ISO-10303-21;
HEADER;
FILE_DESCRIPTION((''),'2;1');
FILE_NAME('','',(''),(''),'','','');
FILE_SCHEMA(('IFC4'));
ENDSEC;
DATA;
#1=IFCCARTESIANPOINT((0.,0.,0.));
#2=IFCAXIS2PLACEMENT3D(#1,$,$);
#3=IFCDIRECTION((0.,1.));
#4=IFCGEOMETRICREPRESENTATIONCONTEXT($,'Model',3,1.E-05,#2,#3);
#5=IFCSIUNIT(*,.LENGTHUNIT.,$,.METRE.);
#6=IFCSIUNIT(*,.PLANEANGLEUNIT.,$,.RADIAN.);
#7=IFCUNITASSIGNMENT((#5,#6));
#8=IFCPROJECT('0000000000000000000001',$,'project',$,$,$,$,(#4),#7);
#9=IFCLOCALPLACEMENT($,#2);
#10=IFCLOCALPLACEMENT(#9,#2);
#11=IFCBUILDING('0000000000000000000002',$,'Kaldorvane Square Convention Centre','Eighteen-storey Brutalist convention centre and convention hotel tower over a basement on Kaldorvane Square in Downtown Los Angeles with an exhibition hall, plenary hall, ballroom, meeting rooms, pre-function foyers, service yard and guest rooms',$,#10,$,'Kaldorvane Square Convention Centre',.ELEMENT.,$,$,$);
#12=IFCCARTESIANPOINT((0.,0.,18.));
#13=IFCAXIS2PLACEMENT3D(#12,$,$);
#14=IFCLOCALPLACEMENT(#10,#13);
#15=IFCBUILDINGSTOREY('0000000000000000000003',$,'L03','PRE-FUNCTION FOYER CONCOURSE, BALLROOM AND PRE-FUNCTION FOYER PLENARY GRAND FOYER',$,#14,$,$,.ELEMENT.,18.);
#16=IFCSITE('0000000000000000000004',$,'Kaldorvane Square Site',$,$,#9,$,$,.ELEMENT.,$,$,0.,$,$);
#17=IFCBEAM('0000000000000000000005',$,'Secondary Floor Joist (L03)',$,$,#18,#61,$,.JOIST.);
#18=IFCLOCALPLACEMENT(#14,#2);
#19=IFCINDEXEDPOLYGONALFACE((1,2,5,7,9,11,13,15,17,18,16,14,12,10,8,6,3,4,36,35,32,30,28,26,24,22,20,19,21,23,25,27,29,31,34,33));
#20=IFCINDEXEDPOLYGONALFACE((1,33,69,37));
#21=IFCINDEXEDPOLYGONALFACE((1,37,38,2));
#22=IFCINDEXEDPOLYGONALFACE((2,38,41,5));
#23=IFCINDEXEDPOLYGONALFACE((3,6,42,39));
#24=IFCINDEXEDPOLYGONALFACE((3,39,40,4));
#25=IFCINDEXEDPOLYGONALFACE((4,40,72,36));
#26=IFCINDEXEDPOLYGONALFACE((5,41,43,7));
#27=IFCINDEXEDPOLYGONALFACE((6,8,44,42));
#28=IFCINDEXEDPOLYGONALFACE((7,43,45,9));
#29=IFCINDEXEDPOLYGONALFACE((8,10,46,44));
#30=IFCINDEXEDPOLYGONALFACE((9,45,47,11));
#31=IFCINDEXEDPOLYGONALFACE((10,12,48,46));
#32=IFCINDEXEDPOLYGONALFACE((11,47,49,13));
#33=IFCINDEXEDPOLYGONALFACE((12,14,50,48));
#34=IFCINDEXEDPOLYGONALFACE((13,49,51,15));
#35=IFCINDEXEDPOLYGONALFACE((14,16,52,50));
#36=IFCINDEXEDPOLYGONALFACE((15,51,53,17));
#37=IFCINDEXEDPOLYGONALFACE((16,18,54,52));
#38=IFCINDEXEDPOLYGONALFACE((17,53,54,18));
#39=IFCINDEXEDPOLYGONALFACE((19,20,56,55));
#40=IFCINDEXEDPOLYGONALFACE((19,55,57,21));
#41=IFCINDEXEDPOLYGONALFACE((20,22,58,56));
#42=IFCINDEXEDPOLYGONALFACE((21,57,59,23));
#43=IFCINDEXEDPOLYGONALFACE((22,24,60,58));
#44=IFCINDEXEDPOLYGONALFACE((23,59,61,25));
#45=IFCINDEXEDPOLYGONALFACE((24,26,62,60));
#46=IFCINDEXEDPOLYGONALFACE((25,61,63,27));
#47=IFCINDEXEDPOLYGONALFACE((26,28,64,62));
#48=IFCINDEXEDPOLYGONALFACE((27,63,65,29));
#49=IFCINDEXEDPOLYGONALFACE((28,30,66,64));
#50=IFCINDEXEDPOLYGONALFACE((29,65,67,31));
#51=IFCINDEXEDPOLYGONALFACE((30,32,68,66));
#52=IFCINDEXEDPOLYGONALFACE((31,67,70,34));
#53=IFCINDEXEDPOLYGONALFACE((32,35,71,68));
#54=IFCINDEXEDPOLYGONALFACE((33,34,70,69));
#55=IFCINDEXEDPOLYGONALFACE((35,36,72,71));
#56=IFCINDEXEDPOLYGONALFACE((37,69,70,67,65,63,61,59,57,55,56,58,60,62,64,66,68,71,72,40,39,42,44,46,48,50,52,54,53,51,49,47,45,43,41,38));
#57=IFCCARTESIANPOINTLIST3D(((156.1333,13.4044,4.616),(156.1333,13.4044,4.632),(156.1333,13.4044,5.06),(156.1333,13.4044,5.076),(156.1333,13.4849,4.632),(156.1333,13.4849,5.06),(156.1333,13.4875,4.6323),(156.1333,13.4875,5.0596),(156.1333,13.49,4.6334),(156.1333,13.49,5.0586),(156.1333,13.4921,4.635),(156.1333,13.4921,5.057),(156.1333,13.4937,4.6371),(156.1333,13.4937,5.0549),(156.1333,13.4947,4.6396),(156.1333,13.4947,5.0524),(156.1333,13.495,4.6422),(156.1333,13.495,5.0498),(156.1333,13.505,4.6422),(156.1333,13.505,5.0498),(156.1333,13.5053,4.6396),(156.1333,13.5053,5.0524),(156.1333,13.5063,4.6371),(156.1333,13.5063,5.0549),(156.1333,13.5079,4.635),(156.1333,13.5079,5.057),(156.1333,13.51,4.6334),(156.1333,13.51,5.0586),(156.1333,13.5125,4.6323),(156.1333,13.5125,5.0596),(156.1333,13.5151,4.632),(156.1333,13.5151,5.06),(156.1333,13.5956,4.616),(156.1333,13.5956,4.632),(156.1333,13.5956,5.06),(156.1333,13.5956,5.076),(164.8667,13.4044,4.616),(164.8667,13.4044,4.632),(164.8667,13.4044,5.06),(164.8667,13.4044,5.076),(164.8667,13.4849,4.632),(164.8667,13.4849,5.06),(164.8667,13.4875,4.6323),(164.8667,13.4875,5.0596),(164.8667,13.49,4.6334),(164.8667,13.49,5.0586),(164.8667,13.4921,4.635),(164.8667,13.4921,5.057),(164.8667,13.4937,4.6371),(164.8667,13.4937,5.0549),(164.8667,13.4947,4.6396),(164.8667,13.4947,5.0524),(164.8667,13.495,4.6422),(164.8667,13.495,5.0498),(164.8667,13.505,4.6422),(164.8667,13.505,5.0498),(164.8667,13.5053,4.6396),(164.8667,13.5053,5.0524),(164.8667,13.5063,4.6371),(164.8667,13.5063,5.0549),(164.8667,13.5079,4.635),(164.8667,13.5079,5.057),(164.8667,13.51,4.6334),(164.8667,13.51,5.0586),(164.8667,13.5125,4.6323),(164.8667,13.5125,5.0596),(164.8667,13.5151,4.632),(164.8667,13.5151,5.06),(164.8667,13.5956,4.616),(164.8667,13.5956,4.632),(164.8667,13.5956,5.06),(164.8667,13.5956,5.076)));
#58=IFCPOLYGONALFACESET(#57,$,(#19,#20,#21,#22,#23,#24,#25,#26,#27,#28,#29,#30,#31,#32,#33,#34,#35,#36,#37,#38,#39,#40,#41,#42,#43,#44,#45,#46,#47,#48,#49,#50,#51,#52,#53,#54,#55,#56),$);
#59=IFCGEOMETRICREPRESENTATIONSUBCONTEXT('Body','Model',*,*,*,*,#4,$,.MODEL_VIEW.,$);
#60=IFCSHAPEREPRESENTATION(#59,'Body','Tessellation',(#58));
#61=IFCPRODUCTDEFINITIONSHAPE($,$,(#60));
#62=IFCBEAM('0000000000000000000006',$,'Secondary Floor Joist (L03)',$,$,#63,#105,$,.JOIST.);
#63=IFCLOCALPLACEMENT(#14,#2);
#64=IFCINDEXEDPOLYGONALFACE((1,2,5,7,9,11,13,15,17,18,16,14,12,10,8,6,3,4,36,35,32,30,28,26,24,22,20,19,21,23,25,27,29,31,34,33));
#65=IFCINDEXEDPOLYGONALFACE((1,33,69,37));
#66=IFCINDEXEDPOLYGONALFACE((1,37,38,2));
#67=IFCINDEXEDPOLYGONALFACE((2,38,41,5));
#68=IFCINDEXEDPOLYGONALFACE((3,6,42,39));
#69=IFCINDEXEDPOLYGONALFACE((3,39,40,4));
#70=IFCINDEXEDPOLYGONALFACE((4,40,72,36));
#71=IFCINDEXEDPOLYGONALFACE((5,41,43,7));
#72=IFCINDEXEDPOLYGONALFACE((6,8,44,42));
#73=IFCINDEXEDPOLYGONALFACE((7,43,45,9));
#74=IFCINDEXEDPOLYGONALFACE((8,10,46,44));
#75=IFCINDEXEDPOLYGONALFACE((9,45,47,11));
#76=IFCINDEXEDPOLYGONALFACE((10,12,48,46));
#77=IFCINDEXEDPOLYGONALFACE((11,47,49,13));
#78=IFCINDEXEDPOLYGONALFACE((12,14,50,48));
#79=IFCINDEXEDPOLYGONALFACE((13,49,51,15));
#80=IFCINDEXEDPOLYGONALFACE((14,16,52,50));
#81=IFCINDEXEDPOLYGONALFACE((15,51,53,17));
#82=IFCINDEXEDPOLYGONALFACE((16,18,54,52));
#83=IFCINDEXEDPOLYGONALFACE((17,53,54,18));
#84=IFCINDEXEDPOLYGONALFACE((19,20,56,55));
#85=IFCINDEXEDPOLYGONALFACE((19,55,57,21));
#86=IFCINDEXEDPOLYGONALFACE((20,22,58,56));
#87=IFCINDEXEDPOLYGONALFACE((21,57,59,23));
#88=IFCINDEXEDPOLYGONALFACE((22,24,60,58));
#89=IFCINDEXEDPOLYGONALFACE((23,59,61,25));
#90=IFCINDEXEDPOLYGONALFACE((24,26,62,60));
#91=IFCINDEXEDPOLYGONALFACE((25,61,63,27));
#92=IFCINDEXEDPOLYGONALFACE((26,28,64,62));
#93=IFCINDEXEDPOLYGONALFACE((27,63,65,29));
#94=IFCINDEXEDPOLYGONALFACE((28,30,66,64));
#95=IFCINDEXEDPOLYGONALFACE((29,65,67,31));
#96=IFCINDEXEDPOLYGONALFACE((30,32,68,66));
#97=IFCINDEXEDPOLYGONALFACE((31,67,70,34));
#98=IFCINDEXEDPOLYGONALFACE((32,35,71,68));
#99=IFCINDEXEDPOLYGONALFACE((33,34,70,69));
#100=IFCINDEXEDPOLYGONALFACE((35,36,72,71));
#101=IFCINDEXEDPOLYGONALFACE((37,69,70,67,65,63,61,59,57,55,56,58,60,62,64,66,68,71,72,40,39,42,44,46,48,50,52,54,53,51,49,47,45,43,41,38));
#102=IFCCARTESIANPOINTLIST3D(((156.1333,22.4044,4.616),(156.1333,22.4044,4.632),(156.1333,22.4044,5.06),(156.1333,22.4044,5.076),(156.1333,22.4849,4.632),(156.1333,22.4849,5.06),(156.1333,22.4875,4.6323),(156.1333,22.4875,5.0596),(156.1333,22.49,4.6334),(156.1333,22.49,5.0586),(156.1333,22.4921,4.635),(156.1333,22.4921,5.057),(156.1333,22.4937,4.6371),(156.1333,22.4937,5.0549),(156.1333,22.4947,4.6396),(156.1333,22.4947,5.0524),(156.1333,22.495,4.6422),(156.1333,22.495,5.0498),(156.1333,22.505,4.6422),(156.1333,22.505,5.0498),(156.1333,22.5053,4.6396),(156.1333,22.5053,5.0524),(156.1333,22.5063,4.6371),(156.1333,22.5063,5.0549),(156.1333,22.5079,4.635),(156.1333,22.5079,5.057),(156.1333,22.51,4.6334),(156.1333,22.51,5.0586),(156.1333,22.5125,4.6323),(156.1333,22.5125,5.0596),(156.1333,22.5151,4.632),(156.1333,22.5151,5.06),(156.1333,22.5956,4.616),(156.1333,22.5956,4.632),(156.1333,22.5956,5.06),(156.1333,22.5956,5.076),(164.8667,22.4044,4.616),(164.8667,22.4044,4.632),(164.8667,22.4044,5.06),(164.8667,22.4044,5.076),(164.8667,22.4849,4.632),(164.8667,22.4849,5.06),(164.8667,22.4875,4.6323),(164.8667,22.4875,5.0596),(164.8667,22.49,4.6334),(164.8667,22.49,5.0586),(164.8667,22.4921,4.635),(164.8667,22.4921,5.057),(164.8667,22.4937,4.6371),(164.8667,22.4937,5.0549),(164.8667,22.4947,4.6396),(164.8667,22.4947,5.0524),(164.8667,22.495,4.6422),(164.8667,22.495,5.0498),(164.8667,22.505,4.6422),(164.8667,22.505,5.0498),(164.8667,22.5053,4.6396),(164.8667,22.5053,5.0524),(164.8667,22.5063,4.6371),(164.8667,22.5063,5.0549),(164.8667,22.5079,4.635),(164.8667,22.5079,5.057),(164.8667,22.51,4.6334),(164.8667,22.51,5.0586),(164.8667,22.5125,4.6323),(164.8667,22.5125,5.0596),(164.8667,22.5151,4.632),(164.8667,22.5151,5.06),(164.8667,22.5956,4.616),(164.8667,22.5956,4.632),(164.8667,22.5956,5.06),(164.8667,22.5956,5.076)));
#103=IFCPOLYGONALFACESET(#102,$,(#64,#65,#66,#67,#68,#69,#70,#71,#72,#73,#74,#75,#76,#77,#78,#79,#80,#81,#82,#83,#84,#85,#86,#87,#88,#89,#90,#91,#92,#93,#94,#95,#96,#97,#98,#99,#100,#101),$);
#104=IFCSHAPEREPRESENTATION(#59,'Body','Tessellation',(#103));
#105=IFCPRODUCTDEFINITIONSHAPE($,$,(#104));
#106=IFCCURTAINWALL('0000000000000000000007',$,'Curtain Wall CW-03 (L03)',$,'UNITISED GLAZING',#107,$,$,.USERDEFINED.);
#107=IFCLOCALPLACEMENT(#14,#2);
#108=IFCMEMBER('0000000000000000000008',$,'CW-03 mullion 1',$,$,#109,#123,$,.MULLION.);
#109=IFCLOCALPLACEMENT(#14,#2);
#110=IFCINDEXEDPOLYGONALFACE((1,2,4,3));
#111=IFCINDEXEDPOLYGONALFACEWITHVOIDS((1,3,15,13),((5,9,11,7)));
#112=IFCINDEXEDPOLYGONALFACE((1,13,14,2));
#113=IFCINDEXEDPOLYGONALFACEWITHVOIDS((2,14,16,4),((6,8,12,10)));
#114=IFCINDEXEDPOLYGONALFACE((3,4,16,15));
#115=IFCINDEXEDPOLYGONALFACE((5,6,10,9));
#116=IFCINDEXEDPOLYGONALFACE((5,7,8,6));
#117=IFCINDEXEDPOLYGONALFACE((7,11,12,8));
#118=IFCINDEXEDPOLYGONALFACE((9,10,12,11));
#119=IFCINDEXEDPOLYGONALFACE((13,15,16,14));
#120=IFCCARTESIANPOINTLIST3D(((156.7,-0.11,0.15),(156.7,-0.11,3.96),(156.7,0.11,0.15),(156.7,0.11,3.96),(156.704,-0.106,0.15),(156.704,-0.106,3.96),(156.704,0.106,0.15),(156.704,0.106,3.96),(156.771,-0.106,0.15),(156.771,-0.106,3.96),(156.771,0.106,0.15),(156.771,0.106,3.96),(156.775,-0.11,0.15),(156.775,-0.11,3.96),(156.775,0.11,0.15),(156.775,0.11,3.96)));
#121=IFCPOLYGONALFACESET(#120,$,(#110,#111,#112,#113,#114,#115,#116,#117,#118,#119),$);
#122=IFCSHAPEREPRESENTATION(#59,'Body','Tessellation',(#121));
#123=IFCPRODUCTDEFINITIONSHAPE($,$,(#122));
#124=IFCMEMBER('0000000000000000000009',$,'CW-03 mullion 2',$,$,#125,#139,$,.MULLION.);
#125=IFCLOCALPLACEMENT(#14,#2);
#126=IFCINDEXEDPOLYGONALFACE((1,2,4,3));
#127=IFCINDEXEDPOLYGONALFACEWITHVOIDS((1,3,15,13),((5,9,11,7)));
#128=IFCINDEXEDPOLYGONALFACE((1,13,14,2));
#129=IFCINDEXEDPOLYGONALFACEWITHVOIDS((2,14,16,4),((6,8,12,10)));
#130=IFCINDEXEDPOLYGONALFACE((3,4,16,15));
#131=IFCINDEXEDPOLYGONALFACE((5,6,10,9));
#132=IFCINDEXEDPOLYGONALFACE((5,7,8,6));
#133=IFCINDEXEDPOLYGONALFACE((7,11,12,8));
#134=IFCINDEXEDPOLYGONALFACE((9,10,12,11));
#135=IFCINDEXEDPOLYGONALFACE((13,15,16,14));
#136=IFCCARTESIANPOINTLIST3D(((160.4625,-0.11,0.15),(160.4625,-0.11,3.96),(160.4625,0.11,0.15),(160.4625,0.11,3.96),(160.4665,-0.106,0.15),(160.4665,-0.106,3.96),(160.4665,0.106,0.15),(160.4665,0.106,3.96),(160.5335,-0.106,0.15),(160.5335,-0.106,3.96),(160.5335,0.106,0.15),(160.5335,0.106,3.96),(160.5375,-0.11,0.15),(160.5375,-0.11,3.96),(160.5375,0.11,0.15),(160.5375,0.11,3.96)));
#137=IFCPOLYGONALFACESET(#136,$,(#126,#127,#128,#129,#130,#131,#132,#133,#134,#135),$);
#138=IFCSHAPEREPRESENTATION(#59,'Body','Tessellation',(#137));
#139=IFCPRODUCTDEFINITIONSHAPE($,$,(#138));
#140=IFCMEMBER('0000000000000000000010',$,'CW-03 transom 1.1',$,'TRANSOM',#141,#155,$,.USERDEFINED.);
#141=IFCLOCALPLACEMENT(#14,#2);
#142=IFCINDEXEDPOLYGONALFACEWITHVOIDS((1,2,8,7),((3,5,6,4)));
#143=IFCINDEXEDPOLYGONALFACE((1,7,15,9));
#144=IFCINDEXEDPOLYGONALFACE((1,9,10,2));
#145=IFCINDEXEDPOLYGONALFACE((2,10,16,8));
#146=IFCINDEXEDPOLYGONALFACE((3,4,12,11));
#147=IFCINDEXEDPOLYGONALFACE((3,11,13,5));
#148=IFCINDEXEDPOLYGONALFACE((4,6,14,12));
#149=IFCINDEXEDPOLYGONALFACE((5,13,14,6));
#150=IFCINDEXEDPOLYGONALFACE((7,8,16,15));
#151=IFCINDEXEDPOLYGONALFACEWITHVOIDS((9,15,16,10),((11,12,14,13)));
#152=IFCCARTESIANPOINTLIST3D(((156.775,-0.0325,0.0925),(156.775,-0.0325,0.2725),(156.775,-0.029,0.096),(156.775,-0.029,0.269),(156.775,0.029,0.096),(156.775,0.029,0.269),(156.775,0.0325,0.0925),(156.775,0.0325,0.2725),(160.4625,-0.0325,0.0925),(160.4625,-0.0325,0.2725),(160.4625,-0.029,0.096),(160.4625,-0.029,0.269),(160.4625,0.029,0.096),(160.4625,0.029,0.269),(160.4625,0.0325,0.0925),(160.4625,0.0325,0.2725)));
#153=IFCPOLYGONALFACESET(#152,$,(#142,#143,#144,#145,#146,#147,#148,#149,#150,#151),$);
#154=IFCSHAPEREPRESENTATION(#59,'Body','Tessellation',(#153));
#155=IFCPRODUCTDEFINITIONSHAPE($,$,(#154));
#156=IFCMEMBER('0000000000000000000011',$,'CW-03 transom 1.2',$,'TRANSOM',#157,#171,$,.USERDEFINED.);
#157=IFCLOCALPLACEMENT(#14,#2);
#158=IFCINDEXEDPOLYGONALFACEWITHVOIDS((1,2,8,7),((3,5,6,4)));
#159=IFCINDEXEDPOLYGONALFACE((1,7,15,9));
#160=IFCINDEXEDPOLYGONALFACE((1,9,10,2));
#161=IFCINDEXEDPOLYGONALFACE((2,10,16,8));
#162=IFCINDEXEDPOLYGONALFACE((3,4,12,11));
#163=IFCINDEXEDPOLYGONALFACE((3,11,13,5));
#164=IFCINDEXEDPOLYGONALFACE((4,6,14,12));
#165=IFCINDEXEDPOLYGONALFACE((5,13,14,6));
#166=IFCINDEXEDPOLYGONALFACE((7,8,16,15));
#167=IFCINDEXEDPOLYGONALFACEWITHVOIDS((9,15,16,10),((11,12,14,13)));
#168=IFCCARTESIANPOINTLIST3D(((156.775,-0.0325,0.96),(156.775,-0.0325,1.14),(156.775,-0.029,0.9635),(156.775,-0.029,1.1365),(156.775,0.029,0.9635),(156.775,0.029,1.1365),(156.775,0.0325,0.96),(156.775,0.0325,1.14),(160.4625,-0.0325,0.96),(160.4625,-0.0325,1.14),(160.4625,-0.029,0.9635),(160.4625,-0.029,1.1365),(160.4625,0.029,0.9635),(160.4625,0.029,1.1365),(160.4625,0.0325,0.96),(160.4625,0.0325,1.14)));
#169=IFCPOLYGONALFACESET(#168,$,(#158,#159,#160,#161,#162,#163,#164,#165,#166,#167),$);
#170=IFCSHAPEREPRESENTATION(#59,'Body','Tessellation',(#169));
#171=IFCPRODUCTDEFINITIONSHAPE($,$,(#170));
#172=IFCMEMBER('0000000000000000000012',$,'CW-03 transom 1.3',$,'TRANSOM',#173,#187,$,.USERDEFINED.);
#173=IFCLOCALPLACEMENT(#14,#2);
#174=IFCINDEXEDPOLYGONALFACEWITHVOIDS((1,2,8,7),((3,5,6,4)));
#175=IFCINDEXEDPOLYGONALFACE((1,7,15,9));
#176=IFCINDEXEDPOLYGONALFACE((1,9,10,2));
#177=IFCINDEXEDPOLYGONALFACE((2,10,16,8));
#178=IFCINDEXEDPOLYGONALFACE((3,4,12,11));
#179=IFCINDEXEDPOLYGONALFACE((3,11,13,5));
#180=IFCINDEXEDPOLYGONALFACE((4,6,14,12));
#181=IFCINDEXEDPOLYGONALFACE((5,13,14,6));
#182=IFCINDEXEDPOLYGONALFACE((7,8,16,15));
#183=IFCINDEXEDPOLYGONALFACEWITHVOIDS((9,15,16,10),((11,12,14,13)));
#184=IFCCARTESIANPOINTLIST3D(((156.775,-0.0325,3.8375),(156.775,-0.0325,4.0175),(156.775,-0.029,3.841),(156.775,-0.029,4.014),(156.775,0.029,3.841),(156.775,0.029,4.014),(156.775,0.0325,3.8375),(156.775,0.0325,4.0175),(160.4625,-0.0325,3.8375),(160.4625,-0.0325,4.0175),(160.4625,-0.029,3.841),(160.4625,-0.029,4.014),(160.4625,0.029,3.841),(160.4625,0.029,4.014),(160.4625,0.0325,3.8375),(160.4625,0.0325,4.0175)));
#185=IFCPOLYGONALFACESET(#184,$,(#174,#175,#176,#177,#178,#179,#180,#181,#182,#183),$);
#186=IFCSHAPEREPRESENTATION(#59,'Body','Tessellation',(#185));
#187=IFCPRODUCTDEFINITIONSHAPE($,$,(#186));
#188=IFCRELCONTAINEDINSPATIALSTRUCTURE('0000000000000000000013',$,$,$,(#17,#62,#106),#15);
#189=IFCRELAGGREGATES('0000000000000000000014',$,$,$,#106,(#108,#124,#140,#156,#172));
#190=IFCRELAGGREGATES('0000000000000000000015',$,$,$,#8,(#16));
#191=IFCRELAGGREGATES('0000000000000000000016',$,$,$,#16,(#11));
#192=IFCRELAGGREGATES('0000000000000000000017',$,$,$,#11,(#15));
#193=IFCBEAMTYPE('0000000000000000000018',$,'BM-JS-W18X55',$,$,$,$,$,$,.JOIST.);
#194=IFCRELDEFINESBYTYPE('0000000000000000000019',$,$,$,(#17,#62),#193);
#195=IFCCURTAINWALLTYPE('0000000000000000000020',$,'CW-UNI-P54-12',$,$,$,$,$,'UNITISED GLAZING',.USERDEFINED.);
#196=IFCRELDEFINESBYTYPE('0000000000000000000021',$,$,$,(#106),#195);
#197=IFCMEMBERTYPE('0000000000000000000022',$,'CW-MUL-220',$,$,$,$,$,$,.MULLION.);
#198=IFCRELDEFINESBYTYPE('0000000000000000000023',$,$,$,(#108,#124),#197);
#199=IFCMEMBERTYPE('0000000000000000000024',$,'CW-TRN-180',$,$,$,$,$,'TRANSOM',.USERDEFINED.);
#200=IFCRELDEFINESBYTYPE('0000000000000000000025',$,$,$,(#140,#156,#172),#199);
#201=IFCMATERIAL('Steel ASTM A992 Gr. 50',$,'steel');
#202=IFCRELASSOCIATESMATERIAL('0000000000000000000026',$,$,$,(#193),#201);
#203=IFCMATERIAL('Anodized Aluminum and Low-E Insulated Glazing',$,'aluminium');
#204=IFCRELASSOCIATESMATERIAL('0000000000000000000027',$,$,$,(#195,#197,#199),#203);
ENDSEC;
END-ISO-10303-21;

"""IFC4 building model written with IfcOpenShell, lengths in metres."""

from ifc_helpers import new_model, si_unit, direction, frame, origin, origin_2d, place, context, subcontext, project, spatial, hollow_rectangle, i_section, extrude, material, material_profile, profile_set, type_object, element, aggregate, save


model = new_model("IFC4")

# Units and contexts
model_context = context("Model", 3, precision=1e-05, world=origin(), true_north=direction((0.0, 1.0)))
body_context = subcontext(model_context, "Body", "Model", "MODEL_VIEW")
ifc_project = project(units=[si_unit("LENGTHUNIT", "METRE"), si_unit("PLANEANGLEUNIT", "RADIAN")], contexts=[model_context])

# Site, building, storey
site_placement = place(None, origin())
site = spatial("IfcSite", under=ifc_project, at=site_placement, Name="Kaldorvane Square Site", CompositionType="ELEMENT", RefElevation=0.0)
building_placement = place(site_placement, origin())
building = spatial("IfcBuilding", under=site, at=building_placement, Name="Kaldorvane Square Convention Centre", Description="Eighteen-storey Brutalist convention centre and convention hotel tower over a basement on Kaldorvane Square in Downtown Los Angeles with an exhibition hall, plenary hall, ballroom, meeting rooms, pre-function foyers, service yard and guest rooms", LongName="Kaldorvane Square Convention Centre", CompositionType="ELEMENT")
storey_placement = place(building_placement, frame((0.0, 0.0, 18.0)))
storey = spatial("IfcBuildingStorey", under=building, at=storey_placement, Name="L03", Description="PRE-FUNCTION FOYER CONCOURSE, BALLROOM AND PRE-FUNCTION FOYER PLENARY GRAND FOYER", CompositionType="ELEMENT", Elevation=18.0)

# Shared definitions
ifc_material_1 = material(Name="Steel ASTM A992 Gr. 50", Category="steel")

# Beams
ifc_material_profile_1 = material_profile(ifc_material_1, i_section(OverallWidth=0.1913, OverallDepth=0.46, WebThickness=0.0099, FlangeThickness=0.016, FilletRadius=0.0102, at=origin_2d()), Name="W18X55")
ifc_profile_set_1 = profile_set([ifc_material_profile_1], Name="Steel ASTM A992 Gr. 50")
beam_type_1 = type_object("IfcBeamType", Name="BM-JS-W18X55", PredefinedType="JOIST", material=ifc_profile_set_1)
for number, where, z_axis, x_axis, name in (
    (1, (156.1333, 13.5, 4.846), (1.0, 0.0, 0.0), (0.0, 1.0, 0.0), "Secondary Floor Joist (L03)"),
    (2, (156.1333, 22.5, 4.846), (1.0, 0.0, 0.0), (0.0, 1.0, 0.0), "Secondary Floor Joist (L03)"),
):
    element("IfcBeam", number, at=place(storey_placement, frame(where, z_axis=z_axis, x_axis=x_axis)), inside=storey, type_object=beam_type_1, Name=name, PredefinedType="JOIST", context=body_context, shape_type="SweptSolid", body=[
        extrude(i_section(OverallWidth=0.1913, OverallDepth=0.46, WebThickness=0.0099, FlangeThickness=0.016, FilletRadius=0.0102, at=origin_2d()), origin(), (0.0, 0.0, 1.0), 8.7334),
    ])

# Curtain wall, members
ifc_material_2 = material(Name="Anodized Aluminum and Low-E Insulated Glazing", Category="aluminium")
curtain_wall_type = type_object("IfcCurtainWallType", Name="CW-UNI-P54-12", ElementType="UNITISED GLAZING", PredefinedType="USERDEFINED", material=ifc_material_2)
curtain_wall_placement = place(storey_placement, origin())
curtain_wall = element("IfcCurtainWall", 3, at=curtain_wall_placement, inside=storey, type_object=curtain_wall_type, Name="Curtain Wall CW-03 (L03)", ObjectType="UNITISED GLAZING", PredefinedType="USERDEFINED")
ifc_material_profile_2 = material_profile(ifc_material_2, hollow_rectangle(XDim=0.075, YDim=0.22, WallThickness=0.004, at=origin_2d()), Name="CWM-220X75")
ifc_profile_set_2 = profile_set([ifc_material_profile_2], Name="Anodized Aluminum and Low-E Insulated Glazing")
member_type_1 = type_object("IfcMemberType", Name="CW-MUL-220", PredefinedType="MULLION", material=ifc_profile_set_2)
member_1_placement = place(storey_placement, frame((156.7375, 0.0, 0.15), z_axis=(0.0, 0.0, 1.0), x_axis=(1.0, 0.0, 0.0)))
member_1 = element("IfcMember", 4, at=member_1_placement, type_object=member_type_1, Name="CW-03 mullion 1", PredefinedType="MULLION", context=body_context, shape_type="SweptSolid", body=[
    extrude(hollow_rectangle(XDim=0.075, YDim=0.22, WallThickness=0.004, at=origin_2d()), origin(), (0.0, 0.0, 1.0), 3.81),
])
member_2_placement = place(storey_placement, frame((160.5, 0.0, 0.15), z_axis=(0.0, 0.0, 1.0), x_axis=(1.0, 0.0, 0.0)))
member_2 = element("IfcMember", 5, at=member_2_placement, type_object=member_type_1, Name="CW-03 mullion 2", PredefinedType="MULLION", context=body_context, shape_type="SweptSolid", body=[
    extrude(hollow_rectangle(XDim=0.075, YDim=0.22, WallThickness=0.004, at=origin_2d()), origin(), (0.0, 0.0, 1.0), 3.81),
])
ifc_material_profile_3 = material_profile(ifc_material_2, hollow_rectangle(XDim=0.065, YDim=0.18, WallThickness=0.0035, at=origin_2d()), Name="CWT-180X65")
ifc_profile_set_3 = profile_set([ifc_material_profile_3], Name="Anodized Aluminum and Low-E Insulated Glazing")
member_type_2 = type_object("IfcMemberType", Name="CW-TRN-180", ElementType="TRANSOM", PredefinedType="USERDEFINED", material=ifc_profile_set_3)
member_3_placement = place(storey_placement, frame((156.775, 0.0, 0.1825), z_axis=(1.0, 0.0, 0.0), x_axis=(0.0, 1.0, 0.0)))
member_3 = element("IfcMember", 6, at=member_3_placement, type_object=member_type_2, Name="CW-03 transom 1.1", ObjectType="TRANSOM", PredefinedType="USERDEFINED", context=body_context, shape_type="SweptSolid", body=[
    extrude(hollow_rectangle(XDim=0.065, YDim=0.18, WallThickness=0.0035, at=origin_2d()), origin(), (0.0, 0.0, 1.0), 3.6875),
])
member_4_placement = place(storey_placement, frame((156.775, 0.0, 1.05), z_axis=(1.0, 0.0, 0.0), x_axis=(0.0, 1.0, 0.0)))
member_4 = element("IfcMember", 7, at=member_4_placement, type_object=member_type_2, Name="CW-03 transom 1.2", ObjectType="TRANSOM", PredefinedType="USERDEFINED", context=body_context, shape_type="SweptSolid", body=[
    extrude(hollow_rectangle(XDim=0.065, YDim=0.18, WallThickness=0.0035, at=origin_2d()), origin(), (0.0, 0.0, 1.0), 3.6875),
])
member_5_placement = place(storey_placement, frame((156.775, 0.0, 3.9275), z_axis=(1.0, 0.0, 0.0), x_axis=(0.0, 1.0, 0.0)))
member_5 = element("IfcMember", 8, at=member_5_placement, type_object=member_type_2, Name="CW-03 transom 1.3", ObjectType="TRANSOM", PredefinedType="USERDEFINED", context=body_context, shape_type="SweptSolid", body=[
    extrude(hollow_rectangle(XDim=0.065, YDim=0.18, WallThickness=0.0035, at=origin_2d()), origin(), (0.0, 0.0, 1.0), 3.6875),
])
aggregate(curtain_wall, [member_1, member_2, member_3, member_4, member_5])

save(model, "model.ifc")
